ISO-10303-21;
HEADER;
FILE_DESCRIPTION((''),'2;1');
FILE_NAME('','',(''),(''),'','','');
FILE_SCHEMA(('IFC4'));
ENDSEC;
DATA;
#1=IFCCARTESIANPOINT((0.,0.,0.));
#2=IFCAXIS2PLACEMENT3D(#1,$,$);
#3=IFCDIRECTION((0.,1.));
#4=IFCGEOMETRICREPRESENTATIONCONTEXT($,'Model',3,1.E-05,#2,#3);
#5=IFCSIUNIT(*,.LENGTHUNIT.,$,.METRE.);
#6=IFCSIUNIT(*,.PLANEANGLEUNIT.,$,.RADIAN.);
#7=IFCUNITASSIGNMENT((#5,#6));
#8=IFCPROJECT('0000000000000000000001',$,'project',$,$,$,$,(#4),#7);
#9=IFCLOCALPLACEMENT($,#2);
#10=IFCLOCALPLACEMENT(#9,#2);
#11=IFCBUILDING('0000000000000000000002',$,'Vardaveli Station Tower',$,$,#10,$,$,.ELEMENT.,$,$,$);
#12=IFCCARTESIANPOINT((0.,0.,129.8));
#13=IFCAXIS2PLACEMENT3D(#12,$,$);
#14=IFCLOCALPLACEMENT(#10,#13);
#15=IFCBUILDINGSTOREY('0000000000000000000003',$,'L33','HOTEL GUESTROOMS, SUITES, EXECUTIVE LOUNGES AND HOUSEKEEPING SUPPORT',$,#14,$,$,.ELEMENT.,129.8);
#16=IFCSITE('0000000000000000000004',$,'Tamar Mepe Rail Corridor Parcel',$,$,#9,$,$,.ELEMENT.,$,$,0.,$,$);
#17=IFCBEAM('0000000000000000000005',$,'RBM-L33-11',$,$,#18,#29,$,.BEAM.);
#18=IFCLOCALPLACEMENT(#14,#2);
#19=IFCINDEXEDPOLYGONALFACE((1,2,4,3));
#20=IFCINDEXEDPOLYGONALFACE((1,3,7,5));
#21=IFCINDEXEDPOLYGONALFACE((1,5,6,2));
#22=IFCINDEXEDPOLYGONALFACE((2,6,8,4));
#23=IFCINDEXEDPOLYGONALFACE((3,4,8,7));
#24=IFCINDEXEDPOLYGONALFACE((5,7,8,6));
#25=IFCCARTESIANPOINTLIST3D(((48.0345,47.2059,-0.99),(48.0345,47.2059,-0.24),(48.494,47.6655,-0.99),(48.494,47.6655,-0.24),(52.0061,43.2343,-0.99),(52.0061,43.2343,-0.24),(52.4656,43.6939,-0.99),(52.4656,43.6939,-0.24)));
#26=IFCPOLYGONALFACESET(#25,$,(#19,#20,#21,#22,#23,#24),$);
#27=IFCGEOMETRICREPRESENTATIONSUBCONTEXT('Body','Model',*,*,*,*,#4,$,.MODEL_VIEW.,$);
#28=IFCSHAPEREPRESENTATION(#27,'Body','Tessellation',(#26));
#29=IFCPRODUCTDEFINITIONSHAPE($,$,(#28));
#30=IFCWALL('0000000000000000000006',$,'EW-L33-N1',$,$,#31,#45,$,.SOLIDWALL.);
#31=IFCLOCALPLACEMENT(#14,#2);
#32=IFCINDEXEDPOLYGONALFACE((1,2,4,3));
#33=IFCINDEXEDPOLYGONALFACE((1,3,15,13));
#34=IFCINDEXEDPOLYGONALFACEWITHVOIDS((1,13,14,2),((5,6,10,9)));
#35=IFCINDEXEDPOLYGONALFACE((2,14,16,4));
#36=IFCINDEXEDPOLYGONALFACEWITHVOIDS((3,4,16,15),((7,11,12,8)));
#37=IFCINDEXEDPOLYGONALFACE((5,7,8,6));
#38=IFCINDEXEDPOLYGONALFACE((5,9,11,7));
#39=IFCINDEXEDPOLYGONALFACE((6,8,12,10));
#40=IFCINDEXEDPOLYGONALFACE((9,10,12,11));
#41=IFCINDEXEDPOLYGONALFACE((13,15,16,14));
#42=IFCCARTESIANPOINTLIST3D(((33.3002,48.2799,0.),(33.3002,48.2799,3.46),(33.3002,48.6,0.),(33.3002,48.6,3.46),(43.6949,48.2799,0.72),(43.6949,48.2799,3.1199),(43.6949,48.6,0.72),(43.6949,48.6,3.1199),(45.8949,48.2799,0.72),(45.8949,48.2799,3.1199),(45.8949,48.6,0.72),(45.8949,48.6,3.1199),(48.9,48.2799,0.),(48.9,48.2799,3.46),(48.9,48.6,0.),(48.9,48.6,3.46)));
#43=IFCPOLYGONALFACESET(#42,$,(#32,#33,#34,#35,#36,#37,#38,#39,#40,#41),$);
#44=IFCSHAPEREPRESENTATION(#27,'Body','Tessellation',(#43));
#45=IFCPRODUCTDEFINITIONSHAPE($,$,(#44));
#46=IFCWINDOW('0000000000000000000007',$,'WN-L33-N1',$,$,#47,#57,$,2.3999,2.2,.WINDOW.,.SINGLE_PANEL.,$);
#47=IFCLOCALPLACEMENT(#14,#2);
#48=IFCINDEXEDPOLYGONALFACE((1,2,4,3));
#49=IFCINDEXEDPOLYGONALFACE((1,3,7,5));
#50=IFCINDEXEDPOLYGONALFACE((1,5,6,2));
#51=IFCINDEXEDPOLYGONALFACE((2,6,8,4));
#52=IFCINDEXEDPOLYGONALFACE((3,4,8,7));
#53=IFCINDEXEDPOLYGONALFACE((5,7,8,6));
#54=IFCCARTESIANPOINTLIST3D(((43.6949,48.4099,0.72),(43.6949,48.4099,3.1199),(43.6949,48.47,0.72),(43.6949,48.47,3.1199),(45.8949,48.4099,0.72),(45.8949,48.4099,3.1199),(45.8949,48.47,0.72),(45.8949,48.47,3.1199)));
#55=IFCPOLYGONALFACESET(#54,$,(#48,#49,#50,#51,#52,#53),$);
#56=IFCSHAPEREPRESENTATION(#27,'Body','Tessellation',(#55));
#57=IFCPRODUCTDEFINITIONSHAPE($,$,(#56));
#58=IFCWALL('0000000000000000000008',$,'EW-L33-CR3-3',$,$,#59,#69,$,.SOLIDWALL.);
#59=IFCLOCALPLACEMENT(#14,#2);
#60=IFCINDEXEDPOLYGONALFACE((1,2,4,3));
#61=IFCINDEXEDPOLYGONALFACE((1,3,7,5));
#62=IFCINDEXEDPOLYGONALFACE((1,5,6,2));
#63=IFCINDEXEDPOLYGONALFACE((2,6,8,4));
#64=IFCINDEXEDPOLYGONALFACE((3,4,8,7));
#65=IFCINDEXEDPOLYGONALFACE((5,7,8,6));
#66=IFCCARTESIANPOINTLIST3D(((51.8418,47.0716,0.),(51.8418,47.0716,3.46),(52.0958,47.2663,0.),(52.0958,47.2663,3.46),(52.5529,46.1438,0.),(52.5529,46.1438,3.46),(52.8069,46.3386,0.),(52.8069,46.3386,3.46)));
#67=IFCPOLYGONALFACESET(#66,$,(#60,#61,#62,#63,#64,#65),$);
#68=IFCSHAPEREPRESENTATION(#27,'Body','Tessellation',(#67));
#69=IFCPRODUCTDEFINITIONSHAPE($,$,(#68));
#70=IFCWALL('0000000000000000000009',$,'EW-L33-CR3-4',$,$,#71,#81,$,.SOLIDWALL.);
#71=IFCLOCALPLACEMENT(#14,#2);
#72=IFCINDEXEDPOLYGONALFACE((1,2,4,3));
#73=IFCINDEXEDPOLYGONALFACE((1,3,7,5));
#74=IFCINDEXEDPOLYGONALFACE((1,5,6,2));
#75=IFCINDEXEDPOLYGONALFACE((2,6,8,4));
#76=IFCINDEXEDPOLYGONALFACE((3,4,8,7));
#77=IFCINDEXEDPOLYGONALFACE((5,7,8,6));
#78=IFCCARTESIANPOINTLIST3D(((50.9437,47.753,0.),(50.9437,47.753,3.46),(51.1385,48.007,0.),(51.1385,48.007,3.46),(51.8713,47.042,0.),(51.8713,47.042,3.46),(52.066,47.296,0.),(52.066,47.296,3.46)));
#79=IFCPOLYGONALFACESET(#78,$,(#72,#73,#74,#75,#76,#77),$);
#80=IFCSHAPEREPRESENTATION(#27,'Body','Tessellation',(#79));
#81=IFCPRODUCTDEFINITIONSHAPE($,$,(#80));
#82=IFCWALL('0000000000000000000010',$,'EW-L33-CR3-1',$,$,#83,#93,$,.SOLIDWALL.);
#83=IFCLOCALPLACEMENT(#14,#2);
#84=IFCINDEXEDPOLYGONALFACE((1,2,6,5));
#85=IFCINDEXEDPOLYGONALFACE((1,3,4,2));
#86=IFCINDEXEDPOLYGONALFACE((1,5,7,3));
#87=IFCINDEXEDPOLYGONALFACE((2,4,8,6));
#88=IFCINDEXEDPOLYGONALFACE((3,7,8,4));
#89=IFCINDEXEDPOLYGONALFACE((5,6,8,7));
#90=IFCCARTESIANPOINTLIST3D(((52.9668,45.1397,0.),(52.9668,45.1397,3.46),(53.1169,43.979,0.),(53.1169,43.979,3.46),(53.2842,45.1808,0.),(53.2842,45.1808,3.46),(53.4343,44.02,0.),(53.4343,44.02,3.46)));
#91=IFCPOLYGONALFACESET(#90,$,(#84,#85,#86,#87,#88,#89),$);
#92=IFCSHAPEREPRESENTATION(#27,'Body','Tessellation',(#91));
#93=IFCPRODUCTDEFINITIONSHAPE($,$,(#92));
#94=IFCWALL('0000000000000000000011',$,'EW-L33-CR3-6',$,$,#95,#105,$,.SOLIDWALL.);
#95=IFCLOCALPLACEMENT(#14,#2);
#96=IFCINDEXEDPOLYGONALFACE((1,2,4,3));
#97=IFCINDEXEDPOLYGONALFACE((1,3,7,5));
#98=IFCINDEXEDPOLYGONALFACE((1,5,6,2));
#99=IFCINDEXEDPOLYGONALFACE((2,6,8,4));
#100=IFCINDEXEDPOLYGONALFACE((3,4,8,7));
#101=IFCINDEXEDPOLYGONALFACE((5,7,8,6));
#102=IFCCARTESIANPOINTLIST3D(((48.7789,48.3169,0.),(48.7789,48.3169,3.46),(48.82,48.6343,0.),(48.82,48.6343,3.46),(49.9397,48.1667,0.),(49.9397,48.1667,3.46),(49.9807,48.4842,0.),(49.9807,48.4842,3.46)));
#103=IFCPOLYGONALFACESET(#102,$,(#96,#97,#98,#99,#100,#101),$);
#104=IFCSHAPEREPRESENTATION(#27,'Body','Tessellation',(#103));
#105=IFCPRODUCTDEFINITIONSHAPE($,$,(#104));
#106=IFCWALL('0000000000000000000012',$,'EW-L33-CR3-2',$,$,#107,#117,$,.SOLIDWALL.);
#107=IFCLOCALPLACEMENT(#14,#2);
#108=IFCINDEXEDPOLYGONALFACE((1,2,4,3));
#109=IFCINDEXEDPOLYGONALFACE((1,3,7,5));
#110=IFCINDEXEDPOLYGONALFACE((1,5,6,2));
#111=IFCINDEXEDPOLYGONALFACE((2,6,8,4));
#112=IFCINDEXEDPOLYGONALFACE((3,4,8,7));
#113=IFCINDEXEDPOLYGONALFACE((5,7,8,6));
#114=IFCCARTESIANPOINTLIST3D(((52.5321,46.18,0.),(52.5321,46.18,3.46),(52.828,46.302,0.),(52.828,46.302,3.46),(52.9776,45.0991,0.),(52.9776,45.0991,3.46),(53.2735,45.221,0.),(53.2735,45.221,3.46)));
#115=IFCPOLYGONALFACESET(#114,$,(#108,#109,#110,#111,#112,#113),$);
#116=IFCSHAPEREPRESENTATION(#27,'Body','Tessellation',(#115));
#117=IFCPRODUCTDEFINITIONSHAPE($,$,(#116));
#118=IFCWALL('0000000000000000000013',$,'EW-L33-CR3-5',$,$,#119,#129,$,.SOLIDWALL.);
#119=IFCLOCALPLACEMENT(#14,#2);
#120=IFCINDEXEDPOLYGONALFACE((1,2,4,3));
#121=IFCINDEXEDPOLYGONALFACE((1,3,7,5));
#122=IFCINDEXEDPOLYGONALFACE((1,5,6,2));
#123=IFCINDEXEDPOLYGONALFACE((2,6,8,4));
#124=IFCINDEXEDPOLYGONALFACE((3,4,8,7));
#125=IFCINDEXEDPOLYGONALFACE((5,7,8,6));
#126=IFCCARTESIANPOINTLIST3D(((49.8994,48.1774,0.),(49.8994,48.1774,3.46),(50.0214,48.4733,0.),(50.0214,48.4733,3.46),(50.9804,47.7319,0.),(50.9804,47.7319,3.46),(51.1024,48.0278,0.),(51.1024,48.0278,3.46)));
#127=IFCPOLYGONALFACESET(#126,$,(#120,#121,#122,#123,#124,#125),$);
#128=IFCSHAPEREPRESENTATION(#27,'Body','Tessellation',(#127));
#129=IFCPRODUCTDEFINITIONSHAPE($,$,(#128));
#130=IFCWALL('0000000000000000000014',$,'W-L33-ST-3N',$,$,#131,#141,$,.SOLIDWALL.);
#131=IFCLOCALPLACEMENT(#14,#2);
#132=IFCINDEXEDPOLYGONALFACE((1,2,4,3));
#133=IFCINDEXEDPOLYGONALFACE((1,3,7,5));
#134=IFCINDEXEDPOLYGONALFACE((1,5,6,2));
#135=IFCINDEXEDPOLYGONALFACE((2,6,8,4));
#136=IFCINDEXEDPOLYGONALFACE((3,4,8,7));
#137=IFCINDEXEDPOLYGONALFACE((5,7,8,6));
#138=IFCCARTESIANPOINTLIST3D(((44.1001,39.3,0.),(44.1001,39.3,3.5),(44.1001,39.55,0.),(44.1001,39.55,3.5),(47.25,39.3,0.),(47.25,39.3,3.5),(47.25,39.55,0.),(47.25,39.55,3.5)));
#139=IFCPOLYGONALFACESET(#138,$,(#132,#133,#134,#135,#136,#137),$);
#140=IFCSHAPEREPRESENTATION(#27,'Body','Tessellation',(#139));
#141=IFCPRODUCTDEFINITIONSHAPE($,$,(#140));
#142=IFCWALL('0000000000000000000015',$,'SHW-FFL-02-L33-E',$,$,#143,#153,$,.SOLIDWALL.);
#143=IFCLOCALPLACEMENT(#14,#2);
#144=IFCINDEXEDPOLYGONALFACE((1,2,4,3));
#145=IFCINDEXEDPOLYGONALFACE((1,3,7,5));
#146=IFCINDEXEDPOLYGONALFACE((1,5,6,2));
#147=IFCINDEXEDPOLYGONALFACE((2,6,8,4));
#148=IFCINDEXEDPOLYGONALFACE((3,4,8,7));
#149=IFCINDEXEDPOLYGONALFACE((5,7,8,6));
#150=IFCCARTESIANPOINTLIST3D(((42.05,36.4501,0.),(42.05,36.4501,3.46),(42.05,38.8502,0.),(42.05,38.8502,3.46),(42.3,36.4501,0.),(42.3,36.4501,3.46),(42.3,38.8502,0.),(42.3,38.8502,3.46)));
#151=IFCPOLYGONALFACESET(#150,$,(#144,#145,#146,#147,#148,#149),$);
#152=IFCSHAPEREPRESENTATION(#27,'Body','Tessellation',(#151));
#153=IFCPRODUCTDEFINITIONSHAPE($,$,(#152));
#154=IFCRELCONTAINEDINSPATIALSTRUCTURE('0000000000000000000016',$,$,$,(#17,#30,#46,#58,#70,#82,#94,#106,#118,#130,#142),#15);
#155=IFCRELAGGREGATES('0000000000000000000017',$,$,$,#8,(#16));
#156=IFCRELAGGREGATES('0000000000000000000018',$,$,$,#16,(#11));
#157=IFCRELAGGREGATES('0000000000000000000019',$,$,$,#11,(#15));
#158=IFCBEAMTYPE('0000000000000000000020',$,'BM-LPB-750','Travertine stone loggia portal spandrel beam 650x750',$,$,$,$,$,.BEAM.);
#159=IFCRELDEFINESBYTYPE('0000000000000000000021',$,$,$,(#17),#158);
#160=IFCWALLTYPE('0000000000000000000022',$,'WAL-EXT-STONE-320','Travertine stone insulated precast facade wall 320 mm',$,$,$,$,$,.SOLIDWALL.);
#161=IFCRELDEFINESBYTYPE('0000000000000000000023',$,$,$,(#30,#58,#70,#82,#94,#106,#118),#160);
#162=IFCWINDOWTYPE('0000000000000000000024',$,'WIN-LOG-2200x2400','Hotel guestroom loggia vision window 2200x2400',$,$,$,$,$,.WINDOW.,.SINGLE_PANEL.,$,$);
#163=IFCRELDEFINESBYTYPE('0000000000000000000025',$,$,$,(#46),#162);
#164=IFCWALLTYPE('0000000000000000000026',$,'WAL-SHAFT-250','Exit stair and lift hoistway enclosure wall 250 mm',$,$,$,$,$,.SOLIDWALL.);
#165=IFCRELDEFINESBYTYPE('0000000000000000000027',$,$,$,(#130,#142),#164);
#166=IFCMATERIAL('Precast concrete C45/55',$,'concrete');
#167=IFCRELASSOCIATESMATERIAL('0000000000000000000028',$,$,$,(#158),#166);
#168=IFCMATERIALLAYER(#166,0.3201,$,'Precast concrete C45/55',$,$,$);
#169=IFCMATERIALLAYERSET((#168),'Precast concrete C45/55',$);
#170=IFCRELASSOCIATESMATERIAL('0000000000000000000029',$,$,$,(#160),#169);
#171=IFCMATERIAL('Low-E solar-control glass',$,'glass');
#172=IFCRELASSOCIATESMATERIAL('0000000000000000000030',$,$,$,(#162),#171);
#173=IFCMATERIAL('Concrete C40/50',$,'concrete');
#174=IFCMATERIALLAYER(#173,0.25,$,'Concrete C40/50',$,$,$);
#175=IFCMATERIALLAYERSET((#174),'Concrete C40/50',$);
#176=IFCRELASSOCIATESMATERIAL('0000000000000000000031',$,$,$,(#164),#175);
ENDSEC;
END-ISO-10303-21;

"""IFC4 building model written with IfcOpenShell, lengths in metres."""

from ifc_helpers import new_model, si_unit, direction, frame, frame_2d, origin, origin_2d, place, context, subcontext, project, spatial, rectangle, extrude, source, transform, mapped, material, layer, layer_set, material_profile, profile_set, type_object, element, fill, save


model = new_model("IFC4")

# Units and contexts
model_context = context("Model", 3, precision=1e-05, world=origin(), true_north=direction((0.0, 1.0)))
body_context = subcontext(model_context, "Body", "Model", "MODEL_VIEW")
ifc_project = project(units=[si_unit("LENGTHUNIT", "METRE"), si_unit("PLANEANGLEUNIT", "RADIAN")], contexts=[model_context])

# Site, building, storey
site_placement = place(None, origin())
site = spatial("IfcSite", under=ifc_project, at=site_placement, Name="Tamar Mepe Rail Corridor Parcel", CompositionType="ELEMENT", RefElevation=0.0)
building_placement = place(site_placement, origin())
building = spatial("IfcBuilding", under=site, at=building_placement, Name="Vardaveli Station Tower", CompositionType="ELEMENT")
storey_placement = place(building_placement, frame((0.0, 0.0, 129.8)))
storey = spatial("IfcBuildingStorey", under=building, at=storey_placement, Name="L33", Description="HOTEL GUESTROOMS, SUITES, EXECUTIVE LOUNGES AND HOUSEKEEPING SUPPORT", CompositionType="ELEMENT", Elevation=129.8)

# Beam
ifc_material_1 = material(Name="Precast concrete C45/55", Category="concrete")
ifc_material_profile_1 = material_profile(ifc_material_1, rectangle(XDim=0.6499, YDim=0.75, at=origin_2d()), Name="LPB 650x750")
ifc_profile_set_1 = profile_set([ifc_material_profile_1], Name="Precast concrete C45/55")
beam_type = type_object("IfcBeamType", Name="BM-LPB-750", Description="Travertine stone loggia portal spandrel beam 650x750", PredefinedType="BEAM", material=ifc_profile_set_1)
shared_shape_1 = source(origin(), body_context, "Body", "SweptSolid", [
    extrude(rectangle(XDim=0.6499, YDim=0.75, at=origin_2d()), origin(), (0.0, 0.0, 1.0), 5.6167),
])
beam_placement = place(storey_placement, frame((52.2358, 43.4641, -0.615), z_axis=(-0.707107, 0.707107, 0.0), x_axis=(-0.707107, -0.707107, 0.0)))
element("IfcBeam", 1, at=beam_placement, inside=storey, type_object=beam_type, Name="RBM-L33-11", PredefinedType="BEAM", context=body_context, shape_type="MappedRepresentation", body=[
    mapped(shared_shape_1, transform((0.0, 0.0, 0.0), scale=1.0)),
])

# Wall, opening, window
ifc_layer_1 = layer(ifc_material_1, 0.3201, Name="Precast concrete C45/55")
ifc_layer_set_1 = layer_set([ifc_layer_1], Name="Precast concrete C45/55")
wall_type_1 = type_object("IfcWallType", Name="WAL-EXT-STONE-320", Description="Travertine stone insulated precast facade wall 320 mm", PredefinedType="SOLIDWALL", material=ifc_layer_set_1)
shared_shape_2 = source(origin(), body_context, "Body", "SweptSolid", [
    extrude(rectangle(XDim=15.5999, YDim=0.3201, at=frame_2d((7.7998, 0.0))), origin(), (0.0, 0.0, 1.0), 3.46),
])
wall_1_placement = place(storey_placement, frame((48.8999, 48.4399, 0.0), z_axis=(0.0, 0.0, 1.0), x_axis=(-1.0, 0.0, 0.0)))
wall_1 = element("IfcWall", 2, at=wall_1_placement, inside=storey, type_object=wall_type_1, Name="EW-L33-N1", PredefinedType="SOLIDWALL", context=body_context, shape_type="MappedRepresentation", body=[
    mapped(shared_shape_2, transform((0.0, 0.0, 0.0), scale=1.0)),
])
shared_shape_3 = source(origin(), body_context, "Body", "SweptSolid", [
    extrude(rectangle(XDim=2.2, YDim=2.3999, at=frame_2d((1.1001, 1.2))), frame((0.0, 0.1699, 0.0), z_axis=(0.0, -1.0, 0.0), x_axis=(1.0, 0.0, 0.0)), (0.0, 0.0, 1.0), 0.3401),
])
opening_placement = place(wall_1_placement, frame((3.0049, 0.0, 0.72)))
opening = element("IfcOpeningElement", 3, at=opening_placement, cuts=wall_1, PredefinedType="OPENING", context=body_context, shape_type="MappedRepresentation", body=[
    mapped(shared_shape_3, transform((0.0, 0.0, 0.0), scale=1.0)),
])
ifc_material_2 = material(Name="Low-E solar-control glass", Category="glass")
window_type = type_object("IfcWindowType", Name="WIN-LOG-2200x2400", Description="Hotel guestroom loggia vision window 2200x2400", PartitioningType="SINGLE_PANEL", PredefinedType="WINDOW", material=ifc_material_2)
shared_shape_4 = source(origin(), body_context, "Body", "SweptSolid", [
    extrude(rectangle(XDim=2.2, YDim=2.3999, at=frame_2d((1.1001, 1.2))), frame((0.0, 0.03, 0.0), z_axis=(0.0, -1.0, 0.0), x_axis=(1.0, 0.0, 0.0)), (0.0, 0.0, 1.0), 0.0601),
])
window_placement = place(opening_placement, origin())
window = element("IfcWindow", 4, at=window_placement, inside=storey, type_object=window_type, Name="WN-L33-N1", OverallHeight=2.3999, OverallWidth=2.2, PartitioningType="SINGLE_PANEL", PredefinedType="WINDOW", context=body_context, shape_type="MappedRepresentation", body=[
    mapped(shared_shape_4, transform((0.0, 0.0, 0.0), scale=1.0)),
])
fill(opening, window)

# Walls
shared_shape_5 = source(origin(), body_context, "Body", "SweptSolid", [
    extrude(rectangle(XDim=1.1689, YDim=0.3201, at=frame_2d((0.5845, 0.0))), origin(), (0.0, 0.0, 1.0), 3.46),
])
wall_2_placement = place(storey_placement, frame((52.6799, 46.2412, 0.0), z_axis=(0.0, 0.0, 1.0), x_axis=(-0.608388, 0.79364, 0.0)))
element("IfcWall", 5, at=wall_2_placement, inside=storey, type_object=wall_type_1, Name="EW-L33-CR3-3", PredefinedType="SOLIDWALL", context=body_context, shape_type="MappedRepresentation", body=[
    mapped(shared_shape_5, transform((0.0, 0.0, 0.0), scale=1.0)),
])
shared_shape_6 = source(origin(), body_context, "Body", "SweptSolid", [
    extrude(rectangle(XDim=1.1687, YDim=0.3201, at=frame_2d((0.5845, 0.0))), origin(), (0.0, 0.0, 1.0), 3.46),
])
wall_3_placement = place(storey_placement, frame((51.9688, 47.1689, 0.0), z_axis=(0.0, 0.0, 1.0), x_axis=(-0.793664, 0.608357, 0.0)))
element("IfcWall", 6, at=wall_3_placement, inside=storey, type_object=wall_type_1, Name="EW-L33-CR3-4", PredefinedType="SOLIDWALL", context=body_context, shape_type="MappedRepresentation", body=[
    mapped(shared_shape_6, transform((0.0, 0.0, 0.0), scale=1.0)),
])
shared_shape_7 = source(origin(), body_context, "Body", "SweptSolid", [
    extrude(rectangle(XDim=1.1704, YDim=0.3201, at=frame_2d((0.5852, 0.0))), origin(), (0.0, 0.0, 1.0), 3.46),
])
for number, where, z_axis, x_axis, name in (
    (7, (53.2756, 43.9995, 0.0), (0.0, 0.0, 1.0), (-0.128296, 0.991736, 0.0), "EW-L33-CR3-1"),
    (8, (49.9602, 48.3254, 0.0), (0.0, 0.0, 1.0), (-0.991736, 0.128296, 0.0), "EW-L33-CR3-6"),
):
    element("IfcWall", number, at=place(storey_placement, frame(where, z_axis=z_axis, x_axis=x_axis)), inside=storey, type_object=wall_type_1, Name=name, PredefinedType="SOLIDWALL", context=body_context, shape_type="MappedRepresentation", body=[
        mapped(shared_shape_7, transform((0.0, 0.0, 0.0), scale=1.0)),
    ])
shared_shape_8 = source(origin(), body_context, "Body", "SweptSolid", [
    extrude(rectangle(XDim=1.1692, YDim=0.3201, at=frame_2d((0.5845, 0.0))), origin(), (0.0, 0.0, 1.0), 3.46),
])
for number, where, z_axis, x_axis, name in (
    (9, (53.1255, 45.1602, 0.0), (0.0, 0.0, 1.0), (-0.381054, 0.924553, 0.0), "EW-L33-CR3-2"),
    (10, (51.0413, 47.8799, 0.0), (0.0, 0.0, 1.0), (-0.924553, 0.381054, 0.0), "EW-L33-CR3-5"),
):
    element("IfcWall", number, at=place(storey_placement, frame(where, z_axis=z_axis, x_axis=x_axis)), inside=storey, type_object=wall_type_1, Name=name, PredefinedType="SOLIDWALL", context=body_context, shape_type="MappedRepresentation", body=[
        mapped(shared_shape_8, transform((0.0, 0.0, 0.0), scale=1.0)),
    ])
ifc_material_3 = material(Name="Concrete C40/50", Category="concrete")
ifc_layer_2 = layer(ifc_material_3, 0.25, Name="Concrete C40/50")
ifc_layer_set_2 = layer_set([ifc_layer_2], Name="Concrete C40/50")
wall_type_2 = type_object("IfcWallType", Name="WAL-SHAFT-250", Description="Exit stair and lift hoistway enclosure wall 250 mm", PredefinedType="SOLIDWALL", material=ifc_layer_set_2)
shared_shape_9 = source(origin(), body_context, "Body", "SweptSolid", [
    extrude(rectangle(XDim=3.1499, YDim=0.25, at=frame_2d((1.575, 0.0))), origin(), (0.0, 0.0, 1.0), 3.5),
])
wall_4_placement = place(storey_placement, frame((44.1001, 39.425, 0.0), z_axis=(0.0, 0.0, 1.0), x_axis=(1.0, 0.0, 0.0)))
element("IfcWall", 11, at=wall_4_placement, inside=storey, type_object=wall_type_2, Name="W-L33-ST-3N", PredefinedType="SOLIDWALL", context=body_context, shape_type="MappedRepresentation", body=[
    mapped(shared_shape_9, transform((0.0, 0.0, 0.0), scale=1.0)),
])
shared_shape_10 = source(origin(), body_context, "Body", "SweptSolid", [
    extrude(rectangle(XDim=2.4001, YDim=0.25, at=frame_2d((1.2002, 0.0))), origin(), (0.0, 0.0, 1.0), 3.46),
])
wall_5_placement = place(storey_placement, frame((42.175, 36.45, 0.0), z_axis=(0.0, 0.0, 1.0), x_axis=(0.0, 1.0, 0.0)))
element("IfcWall", 12, at=wall_5_placement, inside=storey, type_object=wall_type_2, Name="SHW-FFL-02-L33-E", PredefinedType="SOLIDWALL", context=body_context, shape_type="MappedRepresentation", body=[
    mapped(shared_shape_10, transform((0.0, 0.0, 0.0), scale=1.0)),
])

save(model, "model.ifc")
